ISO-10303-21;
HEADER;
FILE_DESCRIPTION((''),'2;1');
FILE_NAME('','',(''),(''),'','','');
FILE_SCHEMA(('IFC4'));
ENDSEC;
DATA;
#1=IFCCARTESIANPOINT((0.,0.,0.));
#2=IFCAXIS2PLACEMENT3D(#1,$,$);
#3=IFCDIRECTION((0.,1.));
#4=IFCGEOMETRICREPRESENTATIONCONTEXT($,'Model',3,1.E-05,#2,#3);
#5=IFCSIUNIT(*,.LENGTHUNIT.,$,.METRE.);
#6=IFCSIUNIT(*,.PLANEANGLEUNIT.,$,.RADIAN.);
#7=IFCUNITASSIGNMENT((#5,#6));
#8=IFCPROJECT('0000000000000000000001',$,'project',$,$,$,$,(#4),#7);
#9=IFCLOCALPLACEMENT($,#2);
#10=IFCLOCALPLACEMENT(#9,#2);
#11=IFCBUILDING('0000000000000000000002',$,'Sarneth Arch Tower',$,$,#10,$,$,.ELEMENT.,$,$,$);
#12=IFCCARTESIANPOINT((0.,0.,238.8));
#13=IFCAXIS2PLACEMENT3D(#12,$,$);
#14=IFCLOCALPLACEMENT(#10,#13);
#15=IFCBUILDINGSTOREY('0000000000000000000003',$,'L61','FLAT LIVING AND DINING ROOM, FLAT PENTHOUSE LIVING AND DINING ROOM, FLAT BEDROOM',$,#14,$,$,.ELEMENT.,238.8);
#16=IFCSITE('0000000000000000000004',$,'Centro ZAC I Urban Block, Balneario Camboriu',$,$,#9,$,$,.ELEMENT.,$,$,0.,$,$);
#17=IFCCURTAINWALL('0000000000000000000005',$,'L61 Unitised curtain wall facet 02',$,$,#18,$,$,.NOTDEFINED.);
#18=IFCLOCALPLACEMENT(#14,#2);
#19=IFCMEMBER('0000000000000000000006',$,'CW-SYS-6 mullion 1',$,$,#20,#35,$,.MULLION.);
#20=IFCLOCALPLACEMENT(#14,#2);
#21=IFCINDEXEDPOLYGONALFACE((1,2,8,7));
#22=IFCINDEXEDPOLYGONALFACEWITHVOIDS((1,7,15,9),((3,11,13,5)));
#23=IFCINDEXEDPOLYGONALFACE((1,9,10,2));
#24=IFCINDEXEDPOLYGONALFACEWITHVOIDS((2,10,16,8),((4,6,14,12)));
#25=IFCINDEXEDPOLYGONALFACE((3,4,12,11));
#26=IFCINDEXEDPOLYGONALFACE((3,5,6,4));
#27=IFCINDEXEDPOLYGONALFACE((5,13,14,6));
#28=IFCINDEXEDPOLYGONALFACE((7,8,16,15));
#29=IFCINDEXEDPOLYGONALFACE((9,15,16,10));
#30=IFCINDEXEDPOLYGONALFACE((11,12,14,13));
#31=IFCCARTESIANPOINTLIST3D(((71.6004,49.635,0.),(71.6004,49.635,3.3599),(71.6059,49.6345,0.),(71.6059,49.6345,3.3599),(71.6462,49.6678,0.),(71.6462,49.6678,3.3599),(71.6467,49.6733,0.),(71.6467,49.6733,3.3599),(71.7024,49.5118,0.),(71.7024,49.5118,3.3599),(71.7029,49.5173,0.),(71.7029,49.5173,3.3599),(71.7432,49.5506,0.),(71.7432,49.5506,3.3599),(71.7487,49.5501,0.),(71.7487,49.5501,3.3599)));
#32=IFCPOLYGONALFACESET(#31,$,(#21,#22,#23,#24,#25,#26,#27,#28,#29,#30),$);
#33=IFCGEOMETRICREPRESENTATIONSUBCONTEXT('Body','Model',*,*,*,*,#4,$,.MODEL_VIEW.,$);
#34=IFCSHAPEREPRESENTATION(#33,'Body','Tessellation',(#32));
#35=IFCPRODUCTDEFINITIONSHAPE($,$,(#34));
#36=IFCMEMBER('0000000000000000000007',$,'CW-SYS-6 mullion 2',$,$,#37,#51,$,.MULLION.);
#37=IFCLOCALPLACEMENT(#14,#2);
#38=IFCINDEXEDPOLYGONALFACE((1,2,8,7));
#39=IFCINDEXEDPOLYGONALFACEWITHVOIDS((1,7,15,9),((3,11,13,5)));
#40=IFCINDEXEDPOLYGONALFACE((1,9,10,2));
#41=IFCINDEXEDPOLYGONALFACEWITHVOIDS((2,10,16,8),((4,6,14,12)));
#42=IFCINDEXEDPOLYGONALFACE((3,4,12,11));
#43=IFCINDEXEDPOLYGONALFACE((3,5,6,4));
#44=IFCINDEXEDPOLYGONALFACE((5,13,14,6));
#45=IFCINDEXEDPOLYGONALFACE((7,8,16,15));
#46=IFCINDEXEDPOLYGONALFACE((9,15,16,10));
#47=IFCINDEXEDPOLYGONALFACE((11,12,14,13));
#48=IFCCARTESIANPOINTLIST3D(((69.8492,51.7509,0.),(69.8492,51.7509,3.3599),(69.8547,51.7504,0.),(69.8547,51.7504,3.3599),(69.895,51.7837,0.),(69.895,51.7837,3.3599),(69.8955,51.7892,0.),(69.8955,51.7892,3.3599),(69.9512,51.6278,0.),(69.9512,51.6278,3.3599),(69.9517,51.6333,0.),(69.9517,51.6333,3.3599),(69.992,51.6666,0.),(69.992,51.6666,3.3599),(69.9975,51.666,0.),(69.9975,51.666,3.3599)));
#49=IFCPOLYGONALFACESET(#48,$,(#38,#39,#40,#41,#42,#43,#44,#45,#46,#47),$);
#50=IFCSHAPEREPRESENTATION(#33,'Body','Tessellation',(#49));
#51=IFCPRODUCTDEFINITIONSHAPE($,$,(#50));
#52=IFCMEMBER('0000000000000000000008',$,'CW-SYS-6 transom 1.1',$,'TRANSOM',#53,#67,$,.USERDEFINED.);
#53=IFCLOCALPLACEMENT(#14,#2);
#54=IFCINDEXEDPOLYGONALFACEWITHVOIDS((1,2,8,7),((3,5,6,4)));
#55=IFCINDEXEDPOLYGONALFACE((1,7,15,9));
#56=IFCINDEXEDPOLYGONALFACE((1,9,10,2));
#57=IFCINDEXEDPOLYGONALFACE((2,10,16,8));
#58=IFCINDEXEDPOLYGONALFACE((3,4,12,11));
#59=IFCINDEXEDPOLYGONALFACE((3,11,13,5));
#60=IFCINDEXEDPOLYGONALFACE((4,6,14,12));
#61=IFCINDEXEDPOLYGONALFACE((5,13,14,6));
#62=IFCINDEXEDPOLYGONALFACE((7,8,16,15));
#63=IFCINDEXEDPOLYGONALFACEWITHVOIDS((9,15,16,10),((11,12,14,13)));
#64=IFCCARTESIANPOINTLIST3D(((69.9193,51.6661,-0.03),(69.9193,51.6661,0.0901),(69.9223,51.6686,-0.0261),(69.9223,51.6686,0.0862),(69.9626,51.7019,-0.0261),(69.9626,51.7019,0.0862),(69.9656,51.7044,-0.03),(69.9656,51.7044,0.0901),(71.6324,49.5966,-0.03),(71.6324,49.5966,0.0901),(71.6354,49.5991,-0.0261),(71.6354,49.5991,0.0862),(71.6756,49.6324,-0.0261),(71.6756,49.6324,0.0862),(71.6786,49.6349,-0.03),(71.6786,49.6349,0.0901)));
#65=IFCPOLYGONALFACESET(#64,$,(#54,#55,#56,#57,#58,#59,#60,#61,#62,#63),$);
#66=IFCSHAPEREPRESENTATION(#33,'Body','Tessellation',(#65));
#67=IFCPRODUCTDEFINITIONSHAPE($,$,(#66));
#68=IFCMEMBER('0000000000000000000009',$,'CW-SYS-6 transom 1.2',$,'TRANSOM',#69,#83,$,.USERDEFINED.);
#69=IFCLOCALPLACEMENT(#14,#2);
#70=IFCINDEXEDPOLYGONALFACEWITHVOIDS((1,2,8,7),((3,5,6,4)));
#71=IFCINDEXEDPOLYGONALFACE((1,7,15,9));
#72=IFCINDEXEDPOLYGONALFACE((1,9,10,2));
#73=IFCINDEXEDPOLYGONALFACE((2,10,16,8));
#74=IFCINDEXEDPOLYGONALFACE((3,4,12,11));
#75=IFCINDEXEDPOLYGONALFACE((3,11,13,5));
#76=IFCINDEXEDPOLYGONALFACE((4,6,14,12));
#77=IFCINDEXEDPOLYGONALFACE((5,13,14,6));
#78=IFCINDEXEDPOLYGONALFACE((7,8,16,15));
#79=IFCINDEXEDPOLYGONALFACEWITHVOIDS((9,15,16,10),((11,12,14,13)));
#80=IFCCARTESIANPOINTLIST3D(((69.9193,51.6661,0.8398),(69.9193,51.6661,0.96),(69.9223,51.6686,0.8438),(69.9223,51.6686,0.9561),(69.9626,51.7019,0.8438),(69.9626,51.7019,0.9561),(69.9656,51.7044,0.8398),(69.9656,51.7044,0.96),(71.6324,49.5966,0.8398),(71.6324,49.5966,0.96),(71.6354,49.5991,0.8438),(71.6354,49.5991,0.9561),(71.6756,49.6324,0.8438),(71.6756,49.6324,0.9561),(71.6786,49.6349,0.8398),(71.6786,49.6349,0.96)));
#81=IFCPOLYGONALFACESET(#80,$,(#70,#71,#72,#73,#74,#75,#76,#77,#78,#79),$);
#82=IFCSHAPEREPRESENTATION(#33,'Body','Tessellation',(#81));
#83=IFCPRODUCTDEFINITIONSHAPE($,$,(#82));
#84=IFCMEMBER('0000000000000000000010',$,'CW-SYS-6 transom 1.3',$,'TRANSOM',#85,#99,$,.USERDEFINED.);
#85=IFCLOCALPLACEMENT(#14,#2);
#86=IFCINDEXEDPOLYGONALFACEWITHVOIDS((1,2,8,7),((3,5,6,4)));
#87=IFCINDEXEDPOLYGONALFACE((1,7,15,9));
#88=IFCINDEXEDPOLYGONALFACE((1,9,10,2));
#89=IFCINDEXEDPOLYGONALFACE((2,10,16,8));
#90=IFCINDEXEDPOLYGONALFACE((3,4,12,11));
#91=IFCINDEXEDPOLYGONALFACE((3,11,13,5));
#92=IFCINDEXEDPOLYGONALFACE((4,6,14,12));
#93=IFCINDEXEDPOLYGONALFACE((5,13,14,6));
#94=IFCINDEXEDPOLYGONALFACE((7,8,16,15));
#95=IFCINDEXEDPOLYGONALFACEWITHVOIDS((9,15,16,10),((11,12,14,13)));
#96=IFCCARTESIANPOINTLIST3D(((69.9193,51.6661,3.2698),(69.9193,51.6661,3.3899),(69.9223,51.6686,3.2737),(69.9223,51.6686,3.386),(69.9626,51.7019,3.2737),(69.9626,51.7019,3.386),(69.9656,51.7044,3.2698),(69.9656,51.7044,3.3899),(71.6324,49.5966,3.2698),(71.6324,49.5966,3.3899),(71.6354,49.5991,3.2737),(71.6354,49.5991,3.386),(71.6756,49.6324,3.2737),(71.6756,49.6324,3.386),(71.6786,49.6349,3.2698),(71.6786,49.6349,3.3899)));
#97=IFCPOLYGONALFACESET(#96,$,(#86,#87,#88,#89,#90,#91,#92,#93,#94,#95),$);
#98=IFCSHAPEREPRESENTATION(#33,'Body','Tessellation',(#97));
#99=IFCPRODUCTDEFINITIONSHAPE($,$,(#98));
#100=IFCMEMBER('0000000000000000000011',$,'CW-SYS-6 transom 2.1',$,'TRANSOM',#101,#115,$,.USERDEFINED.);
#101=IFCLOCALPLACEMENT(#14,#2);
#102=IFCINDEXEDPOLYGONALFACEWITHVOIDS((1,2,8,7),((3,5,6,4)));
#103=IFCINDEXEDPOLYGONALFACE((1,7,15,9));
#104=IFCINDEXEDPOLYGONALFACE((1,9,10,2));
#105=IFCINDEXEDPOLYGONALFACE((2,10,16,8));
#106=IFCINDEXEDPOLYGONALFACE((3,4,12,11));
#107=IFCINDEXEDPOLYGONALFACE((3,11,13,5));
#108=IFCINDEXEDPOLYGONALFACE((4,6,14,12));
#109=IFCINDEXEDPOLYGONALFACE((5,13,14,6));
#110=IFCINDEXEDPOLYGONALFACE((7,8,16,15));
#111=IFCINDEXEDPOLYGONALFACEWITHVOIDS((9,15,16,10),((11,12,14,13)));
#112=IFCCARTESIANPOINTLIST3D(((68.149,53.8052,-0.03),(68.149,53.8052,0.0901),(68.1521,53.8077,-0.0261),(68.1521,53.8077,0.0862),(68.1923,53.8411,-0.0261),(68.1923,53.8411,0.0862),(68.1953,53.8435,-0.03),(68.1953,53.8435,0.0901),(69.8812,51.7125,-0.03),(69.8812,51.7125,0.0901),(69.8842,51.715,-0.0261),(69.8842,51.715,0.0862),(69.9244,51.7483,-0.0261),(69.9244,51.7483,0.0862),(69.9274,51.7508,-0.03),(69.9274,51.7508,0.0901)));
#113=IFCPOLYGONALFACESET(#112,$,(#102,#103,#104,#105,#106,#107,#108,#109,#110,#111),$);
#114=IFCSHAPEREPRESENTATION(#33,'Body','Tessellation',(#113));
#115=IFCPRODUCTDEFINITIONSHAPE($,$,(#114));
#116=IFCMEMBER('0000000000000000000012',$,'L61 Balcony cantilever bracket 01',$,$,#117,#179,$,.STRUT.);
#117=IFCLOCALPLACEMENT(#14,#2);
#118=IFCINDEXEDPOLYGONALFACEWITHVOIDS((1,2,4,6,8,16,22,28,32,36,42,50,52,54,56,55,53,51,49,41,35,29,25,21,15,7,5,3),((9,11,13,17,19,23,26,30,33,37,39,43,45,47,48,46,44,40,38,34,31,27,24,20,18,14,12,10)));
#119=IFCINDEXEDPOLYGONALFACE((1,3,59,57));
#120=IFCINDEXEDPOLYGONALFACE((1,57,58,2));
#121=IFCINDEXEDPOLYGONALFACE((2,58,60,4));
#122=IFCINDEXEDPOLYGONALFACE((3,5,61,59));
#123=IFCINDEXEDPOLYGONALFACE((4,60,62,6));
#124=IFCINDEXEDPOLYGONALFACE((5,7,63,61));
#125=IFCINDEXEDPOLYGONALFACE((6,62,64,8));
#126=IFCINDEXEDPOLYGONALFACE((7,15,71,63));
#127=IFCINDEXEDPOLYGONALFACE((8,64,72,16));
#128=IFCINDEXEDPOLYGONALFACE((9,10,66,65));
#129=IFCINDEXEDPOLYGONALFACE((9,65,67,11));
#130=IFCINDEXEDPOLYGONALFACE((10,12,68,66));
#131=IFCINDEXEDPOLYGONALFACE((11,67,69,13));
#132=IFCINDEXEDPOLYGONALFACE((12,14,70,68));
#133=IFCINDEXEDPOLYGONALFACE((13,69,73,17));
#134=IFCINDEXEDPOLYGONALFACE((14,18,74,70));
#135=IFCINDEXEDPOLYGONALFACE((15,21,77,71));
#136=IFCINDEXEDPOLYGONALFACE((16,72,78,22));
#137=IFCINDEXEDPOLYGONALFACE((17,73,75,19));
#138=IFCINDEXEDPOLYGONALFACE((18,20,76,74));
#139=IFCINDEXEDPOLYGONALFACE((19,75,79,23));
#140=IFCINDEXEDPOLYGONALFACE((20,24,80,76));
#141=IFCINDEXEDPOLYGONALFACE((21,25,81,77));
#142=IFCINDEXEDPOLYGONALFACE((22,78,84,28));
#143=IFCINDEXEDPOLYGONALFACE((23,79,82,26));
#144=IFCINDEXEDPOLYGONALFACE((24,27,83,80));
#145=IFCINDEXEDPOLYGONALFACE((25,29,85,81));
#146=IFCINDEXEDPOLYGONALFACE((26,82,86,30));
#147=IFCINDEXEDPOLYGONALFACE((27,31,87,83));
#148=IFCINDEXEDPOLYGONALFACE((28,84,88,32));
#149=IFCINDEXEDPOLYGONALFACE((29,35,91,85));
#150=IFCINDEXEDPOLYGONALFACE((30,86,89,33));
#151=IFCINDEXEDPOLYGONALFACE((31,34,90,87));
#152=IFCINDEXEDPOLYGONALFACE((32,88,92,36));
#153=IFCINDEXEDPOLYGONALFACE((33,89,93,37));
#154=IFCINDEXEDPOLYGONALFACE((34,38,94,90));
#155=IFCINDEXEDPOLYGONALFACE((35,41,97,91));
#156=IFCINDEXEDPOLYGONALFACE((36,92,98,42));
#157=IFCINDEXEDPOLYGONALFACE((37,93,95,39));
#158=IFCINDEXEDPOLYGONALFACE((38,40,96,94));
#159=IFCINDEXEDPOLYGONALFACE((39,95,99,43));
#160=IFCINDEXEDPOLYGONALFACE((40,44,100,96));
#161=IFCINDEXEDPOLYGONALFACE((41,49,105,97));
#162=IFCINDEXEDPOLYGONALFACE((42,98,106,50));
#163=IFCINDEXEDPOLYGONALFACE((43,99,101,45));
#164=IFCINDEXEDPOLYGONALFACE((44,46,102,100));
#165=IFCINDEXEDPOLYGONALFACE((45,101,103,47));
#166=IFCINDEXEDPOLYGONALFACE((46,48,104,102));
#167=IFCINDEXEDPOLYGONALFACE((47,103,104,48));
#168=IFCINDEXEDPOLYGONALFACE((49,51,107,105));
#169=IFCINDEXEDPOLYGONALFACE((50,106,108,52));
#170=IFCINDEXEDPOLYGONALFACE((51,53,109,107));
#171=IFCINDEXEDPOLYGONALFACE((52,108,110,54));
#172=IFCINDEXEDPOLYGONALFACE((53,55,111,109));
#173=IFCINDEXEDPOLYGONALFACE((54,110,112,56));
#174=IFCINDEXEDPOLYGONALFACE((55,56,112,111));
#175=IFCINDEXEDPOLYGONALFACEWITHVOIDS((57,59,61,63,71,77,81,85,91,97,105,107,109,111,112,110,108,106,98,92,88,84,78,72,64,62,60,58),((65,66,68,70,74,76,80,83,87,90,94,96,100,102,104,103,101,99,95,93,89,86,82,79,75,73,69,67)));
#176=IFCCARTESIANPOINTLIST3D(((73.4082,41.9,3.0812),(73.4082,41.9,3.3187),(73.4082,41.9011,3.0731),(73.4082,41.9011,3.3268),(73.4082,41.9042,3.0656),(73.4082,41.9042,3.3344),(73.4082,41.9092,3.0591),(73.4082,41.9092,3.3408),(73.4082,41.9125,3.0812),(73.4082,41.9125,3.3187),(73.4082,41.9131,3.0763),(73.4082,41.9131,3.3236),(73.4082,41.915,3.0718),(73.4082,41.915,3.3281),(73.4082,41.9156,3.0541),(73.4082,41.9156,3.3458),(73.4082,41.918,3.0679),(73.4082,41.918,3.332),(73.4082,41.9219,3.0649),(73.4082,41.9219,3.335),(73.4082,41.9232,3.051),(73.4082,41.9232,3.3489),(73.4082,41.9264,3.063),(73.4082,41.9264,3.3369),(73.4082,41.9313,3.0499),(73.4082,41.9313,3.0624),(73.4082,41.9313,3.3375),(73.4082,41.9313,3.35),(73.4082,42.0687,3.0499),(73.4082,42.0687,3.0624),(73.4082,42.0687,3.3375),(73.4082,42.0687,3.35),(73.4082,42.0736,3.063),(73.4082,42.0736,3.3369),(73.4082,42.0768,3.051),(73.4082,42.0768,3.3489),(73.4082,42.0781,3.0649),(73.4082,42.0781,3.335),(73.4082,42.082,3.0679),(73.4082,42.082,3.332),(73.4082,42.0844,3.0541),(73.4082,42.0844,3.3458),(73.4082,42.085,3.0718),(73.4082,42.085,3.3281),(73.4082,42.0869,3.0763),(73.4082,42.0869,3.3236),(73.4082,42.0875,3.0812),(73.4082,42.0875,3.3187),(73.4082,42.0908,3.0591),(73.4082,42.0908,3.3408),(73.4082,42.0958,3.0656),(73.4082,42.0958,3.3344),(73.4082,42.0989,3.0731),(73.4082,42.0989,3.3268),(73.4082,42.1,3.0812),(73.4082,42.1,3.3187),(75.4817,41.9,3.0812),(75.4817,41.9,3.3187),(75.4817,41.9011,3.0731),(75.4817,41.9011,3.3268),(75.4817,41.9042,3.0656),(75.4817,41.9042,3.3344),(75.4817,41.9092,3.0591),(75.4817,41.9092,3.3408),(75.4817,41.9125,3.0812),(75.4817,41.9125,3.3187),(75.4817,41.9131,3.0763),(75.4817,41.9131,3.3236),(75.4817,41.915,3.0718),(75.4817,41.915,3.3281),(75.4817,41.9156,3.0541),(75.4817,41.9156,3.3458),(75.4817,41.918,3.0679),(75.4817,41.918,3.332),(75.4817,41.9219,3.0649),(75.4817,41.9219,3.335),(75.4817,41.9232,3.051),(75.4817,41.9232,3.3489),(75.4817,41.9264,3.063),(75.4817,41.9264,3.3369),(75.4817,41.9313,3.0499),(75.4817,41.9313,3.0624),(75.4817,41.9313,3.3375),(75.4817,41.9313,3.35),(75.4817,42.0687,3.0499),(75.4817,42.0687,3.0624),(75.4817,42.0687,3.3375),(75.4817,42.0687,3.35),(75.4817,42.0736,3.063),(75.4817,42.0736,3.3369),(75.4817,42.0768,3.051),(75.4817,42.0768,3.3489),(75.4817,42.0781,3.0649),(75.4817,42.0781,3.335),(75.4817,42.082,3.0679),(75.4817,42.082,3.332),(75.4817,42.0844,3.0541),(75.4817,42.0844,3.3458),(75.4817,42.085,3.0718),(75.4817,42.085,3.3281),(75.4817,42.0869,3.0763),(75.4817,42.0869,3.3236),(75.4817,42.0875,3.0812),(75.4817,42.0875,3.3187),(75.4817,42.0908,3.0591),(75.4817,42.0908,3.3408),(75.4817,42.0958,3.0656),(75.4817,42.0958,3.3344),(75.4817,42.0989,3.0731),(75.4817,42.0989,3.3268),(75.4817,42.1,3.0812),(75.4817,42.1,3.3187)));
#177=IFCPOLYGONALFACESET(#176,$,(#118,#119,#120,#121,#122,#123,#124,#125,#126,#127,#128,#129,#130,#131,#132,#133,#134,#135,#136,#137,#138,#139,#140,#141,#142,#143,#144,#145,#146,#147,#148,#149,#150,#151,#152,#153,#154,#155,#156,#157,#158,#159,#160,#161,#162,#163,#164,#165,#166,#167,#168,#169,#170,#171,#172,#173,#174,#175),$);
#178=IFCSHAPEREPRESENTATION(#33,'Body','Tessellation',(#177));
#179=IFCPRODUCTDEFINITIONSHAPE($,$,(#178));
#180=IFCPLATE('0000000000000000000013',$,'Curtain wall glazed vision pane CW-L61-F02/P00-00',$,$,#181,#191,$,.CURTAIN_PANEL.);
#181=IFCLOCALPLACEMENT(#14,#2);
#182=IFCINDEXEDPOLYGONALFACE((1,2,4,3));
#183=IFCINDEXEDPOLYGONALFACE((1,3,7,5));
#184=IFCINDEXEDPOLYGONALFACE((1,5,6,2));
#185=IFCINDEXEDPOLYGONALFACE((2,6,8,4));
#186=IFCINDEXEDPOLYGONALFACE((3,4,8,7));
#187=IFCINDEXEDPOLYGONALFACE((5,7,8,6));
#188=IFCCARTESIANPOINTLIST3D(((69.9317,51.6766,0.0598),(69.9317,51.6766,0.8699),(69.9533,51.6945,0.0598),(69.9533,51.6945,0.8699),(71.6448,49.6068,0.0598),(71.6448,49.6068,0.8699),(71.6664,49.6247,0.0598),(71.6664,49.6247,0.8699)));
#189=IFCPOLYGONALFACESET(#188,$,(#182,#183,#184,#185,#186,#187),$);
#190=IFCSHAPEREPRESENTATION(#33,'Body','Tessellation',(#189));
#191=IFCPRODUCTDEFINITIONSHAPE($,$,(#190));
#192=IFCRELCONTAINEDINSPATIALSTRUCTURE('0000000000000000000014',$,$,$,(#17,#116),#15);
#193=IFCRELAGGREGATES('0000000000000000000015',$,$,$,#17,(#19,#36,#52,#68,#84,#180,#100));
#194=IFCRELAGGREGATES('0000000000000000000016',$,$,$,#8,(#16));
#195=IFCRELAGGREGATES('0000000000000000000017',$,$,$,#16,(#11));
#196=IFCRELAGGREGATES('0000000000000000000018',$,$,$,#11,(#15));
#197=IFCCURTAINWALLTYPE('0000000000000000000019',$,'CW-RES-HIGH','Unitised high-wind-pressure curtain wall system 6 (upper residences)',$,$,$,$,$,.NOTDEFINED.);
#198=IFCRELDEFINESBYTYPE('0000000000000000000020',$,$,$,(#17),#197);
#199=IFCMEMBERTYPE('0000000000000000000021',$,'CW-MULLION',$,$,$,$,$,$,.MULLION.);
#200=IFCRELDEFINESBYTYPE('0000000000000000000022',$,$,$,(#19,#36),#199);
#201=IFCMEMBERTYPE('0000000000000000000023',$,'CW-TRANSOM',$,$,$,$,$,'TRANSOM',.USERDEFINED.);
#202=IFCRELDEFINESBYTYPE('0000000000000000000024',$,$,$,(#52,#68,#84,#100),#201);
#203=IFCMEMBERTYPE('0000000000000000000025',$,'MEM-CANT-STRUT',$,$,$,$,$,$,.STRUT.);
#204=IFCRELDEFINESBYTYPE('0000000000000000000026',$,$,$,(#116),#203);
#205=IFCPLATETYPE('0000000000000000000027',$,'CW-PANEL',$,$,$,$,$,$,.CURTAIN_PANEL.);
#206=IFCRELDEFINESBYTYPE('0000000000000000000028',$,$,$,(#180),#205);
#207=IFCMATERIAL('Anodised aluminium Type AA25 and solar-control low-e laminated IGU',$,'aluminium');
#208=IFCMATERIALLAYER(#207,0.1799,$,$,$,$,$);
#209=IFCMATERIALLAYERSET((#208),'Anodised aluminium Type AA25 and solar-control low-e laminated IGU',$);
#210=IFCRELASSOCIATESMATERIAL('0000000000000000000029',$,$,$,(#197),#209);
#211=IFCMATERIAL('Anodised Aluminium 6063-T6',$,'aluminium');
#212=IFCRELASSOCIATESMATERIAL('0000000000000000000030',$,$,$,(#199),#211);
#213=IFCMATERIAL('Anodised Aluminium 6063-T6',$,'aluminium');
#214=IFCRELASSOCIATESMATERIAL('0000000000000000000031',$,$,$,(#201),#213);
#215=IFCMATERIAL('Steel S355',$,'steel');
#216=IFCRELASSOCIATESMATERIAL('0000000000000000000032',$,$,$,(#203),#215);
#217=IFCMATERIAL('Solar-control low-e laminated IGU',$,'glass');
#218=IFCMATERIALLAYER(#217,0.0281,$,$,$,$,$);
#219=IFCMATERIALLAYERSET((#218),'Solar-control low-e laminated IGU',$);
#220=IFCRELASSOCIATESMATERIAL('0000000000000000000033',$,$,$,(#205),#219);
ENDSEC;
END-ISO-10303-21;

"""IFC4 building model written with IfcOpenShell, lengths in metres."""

from ifc_helpers import new_model, si_unit, direction, frame, origin, origin_2d, place, context, subcontext, project, spatial, rectangle, hollow_rectangle, extrude, material, layer, layer_set, material_profile, profile_set, type_object, element, aggregate, save


model = new_model("IFC4")

# Units and contexts
model_context = context("Model", 3, precision=1e-05, world=origin(), true_north=direction((0.0, 1.0)))
body_context = subcontext(model_context, "Body", "Model", "MODEL_VIEW")
ifc_project = project(units=[si_unit("LENGTHUNIT", "METRE"), si_unit("PLANEANGLEUNIT", "RADIAN")], contexts=[model_context])

# Site, building, storey
site_placement = place(None, origin())
site = spatial("IfcSite", under=ifc_project, at=site_placement, Name="Centro ZAC I Urban Block, Balneario Camboriu", CompositionType="ELEMENT", RefElevation=0.0)
building_placement = place(site_placement, origin())
building = spatial("IfcBuilding", under=site, at=building_placement, Name="Sarneth Arch Tower", CompositionType="ELEMENT")
storey_placement = place(building_placement, frame((0.0, 0.0, 238.8)))
storey = spatial("IfcBuildingStorey", under=building, at=storey_placement, Name="L61", Description="FLAT LIVING AND DINING ROOM, FLAT PENTHOUSE LIVING AND DINING ROOM, FLAT BEDROOM", CompositionType="ELEMENT", Elevation=238.8)

# Curtain wall, members
ifc_material_1 = material(Name="Anodised aluminium Type AA25 and solar-control low-e laminated IGU", Category="aluminium")
ifc_layer_1 = layer(ifc_material_1, 0.1799)
ifc_layer_set_1 = layer_set([ifc_layer_1], Name="Anodised aluminium Type AA25 and solar-control low-e laminated IGU")
curtain_wall_type = type_object("IfcCurtainWallType", Name="CW-RES-HIGH", Description="Unitised high-wind-pressure curtain wall system 6 (upper residences)", PredefinedType="NOTDEFINED", material=ifc_layer_set_1)
curtain_wall_placement = place(storey_placement, origin())
curtain_wall = element("IfcCurtainWall", 1, at=curtain_wall_placement, inside=storey, type_object=curtain_wall_type, Name="L61 Unitised curtain wall facet 02", PredefinedType="NOTDEFINED")
ifc_material_2 = material(Name="Anodised Aluminium 6063-T6", Category="aluminium")
ifc_material_profile_1 = material_profile(ifc_material_2, hollow_rectangle(XDim=0.0601, YDim=0.1599, WallThickness=0.0039, at=origin_2d()), Name="AL-MULL-160x60x4")
ifc_profile_set_1 = profile_set([ifc_material_profile_1], Name="Anodised Aluminium 6063-T6")
member_type_1 = type_object("IfcMemberType", Name="CW-MULLION", PredefinedType="MULLION", material=ifc_profile_set_1)
member_1_placement = place(storey_placement, frame((71.6746, 49.5925, 0.0), z_axis=(0.0, 0.0, 1.0), x_axis=(-0.770359, -0.63761, 0.0)))
member_1 = element("IfcMember", 2, at=member_1_placement, type_object=member_type_1, Name="CW-SYS-6 mullion 1", PredefinedType="MULLION", context=body_context, shape_type="SweptSolid", body=[
    extrude(hollow_rectangle(XDim=0.0601, YDim=0.1599, WallThickness=0.0039, at=origin_2d()), origin(), (0.0, 0.0, 1.0), 3.3599),
])
member_2_placement = place(storey_placement, frame((69.9233, 51.7085, 0.0), z_axis=(0.0, 0.0, 1.0), x_axis=(-0.770359, -0.63761, 0.0)))
member_2 = element("IfcMember", 3, at=member_2_placement, type_object=member_type_1, Name="CW-SYS-6 mullion 2", PredefinedType="MULLION", context=body_context, shape_type="SweptSolid", body=[
    extrude(hollow_rectangle(XDim=0.0601, YDim=0.1599, WallThickness=0.0039, at=origin_2d()), origin(), (0.0, 0.0, 1.0), 3.3599),
])
ifc_material_3 = material(Name="Anodised Aluminium 6063-T6", Category="aluminium")
ifc_material_profile_2 = material_profile(ifc_material_3, hollow_rectangle(XDim=0.0601, YDim=0.1201, WallThickness=0.0039, at=origin_2d()), Name="AL-TRAN-120x60x4")
ifc_profile_set_2 = profile_set([ifc_material_profile_2], Name="Anodised Aluminium 6063-T6")
member_type_2 = type_object("IfcMemberType", Name="CW-TRANSOM", ElementType="TRANSOM", PredefinedType="USERDEFINED", material=ifc_profile_set_2)
member_3_placement = place(storey_placement, frame((71.6555, 49.6157, 0.03), z_axis=(-0.637651, 0.770325, 0.0), x_axis=(-0.770325, -0.637651, 0.0)))
member_3 = element("IfcMember", 4, at=member_3_placement, type_object=member_type_2, Name="CW-SYS-6 transom 1.1", ObjectType="TRANSOM", PredefinedType="USERDEFINED", context=body_context, shape_type="SweptSolid", body=[
    extrude(hollow_rectangle(XDim=0.0601, YDim=0.1201, WallThickness=0.0039, at=origin_2d()), origin(), (0.0, 0.0, 1.0), 2.6865),
])
member_4_placement = place(storey_placement, frame((71.6555, 49.6157, 0.8999), z_axis=(-0.637651, 0.770325, 0.0), x_axis=(-0.770325, -0.637651, 0.0)))
member_4 = element("IfcMember", 5, at=member_4_placement, type_object=member_type_2, Name="CW-SYS-6 transom 1.2", ObjectType="TRANSOM", PredefinedType="USERDEFINED", context=body_context, shape_type="SweptSolid", body=[
    extrude(hollow_rectangle(XDim=0.0601, YDim=0.1201, WallThickness=0.0039, at=origin_2d()), origin(), (0.0, 0.0, 1.0), 2.6865),
])
member_5_placement = place(storey_placement, frame((71.6555, 49.6157, 3.3298), z_axis=(-0.637651, 0.770325, 0.0), x_axis=(-0.770325, -0.637651, 0.0)))
member_5 = element("IfcMember", 6, at=member_5_placement, type_object=member_type_2, Name="CW-SYS-6 transom 1.3", ObjectType="TRANSOM", PredefinedType="USERDEFINED", context=body_context, shape_type="SweptSolid", body=[
    extrude(hollow_rectangle(XDim=0.0601, YDim=0.1201, WallThickness=0.0039, at=origin_2d()), origin(), (0.0, 0.0, 1.0), 2.6865),
])
member_6_placement = place(storey_placement, frame((69.9043, 51.7317, 0.03), z_axis=(-0.637617, 0.770353, 0.0), x_axis=(-0.770353, -0.637617, 0.0)))
member_6 = element("IfcMember", 7, at=member_6_placement, type_object=member_type_2, Name="CW-SYS-6 transom 2.1", ObjectType="TRANSOM", PredefinedType="USERDEFINED", context=body_context, shape_type="SweptSolid", body=[
    extrude(hollow_rectangle(XDim=0.0601, YDim=0.1201, WallThickness=0.0039, at=origin_2d()), origin(), (0.0, 0.0, 1.0), 2.7166),
])

# Member
ifc_material_4 = material(Name="Steel S355", Category="steel")
ifc_material_profile_3 = material_profile(ifc_material_4, hollow_rectangle(XDim=0.2, YDim=0.3, WallThickness=0.0125, InnerFilletRadius=0.0188, OuterFilletRadius=0.0312, at=origin_2d()), Name="RHS300x200x12.5")
ifc_profile_set_3 = profile_set([ifc_material_profile_3], Name="Steel S355")
member_type_3 = type_object("IfcMemberType", Name="MEM-CANT-STRUT", PredefinedType="STRUT", material=ifc_profile_set_3)
member_7_placement = place(storey_placement, frame((73.4082, 42.0, 3.2), z_axis=(1.0, 0.0, 0.0), x_axis=(0.0, 1.0, 0.0)))
element("IfcMember", 8, at=member_7_placement, inside=storey, type_object=member_type_3, Name="L61 Balcony cantilever bracket 01", PredefinedType="STRUT", context=body_context, shape_type="SweptSolid", body=[
    extrude(hollow_rectangle(XDim=0.2, YDim=0.3, WallThickness=0.0125, InnerFilletRadius=0.0188, OuterFilletRadius=0.0312, at=origin_2d()), origin(), (0.0, 0.0, 1.0), 2.0735),
])

# Plate
ifc_material_5 = material(Name="Solar-control low-e laminated IGU", Category="glass")
ifc_layer_2 = layer(ifc_material_5, 0.0281)
ifc_layer_set_2 = layer_set([ifc_layer_2], Name="Solar-control low-e laminated IGU")
plate_type_1 = type_object("IfcPlateType", Name="CW-PANEL", PredefinedType="CURTAIN_PANEL", material=ifc_layer_set_2)
plate_1_placement = place(storey_placement, frame((70.7991, 50.6506, 0.0598), z_axis=(0.0, 0.0, 1.0), x_axis=(-0.63761, 0.770359, 0.0)))
plate_1 = element("IfcPlate", 9, at=plate_1_placement, type_object=plate_type_1, Name="Curtain wall glazed vision pane CW-L61-F02/P00-00", PredefinedType="CURTAIN_PANEL", context=body_context, shape_type="SweptSolid", body=[
    extrude(rectangle(XDim=2.6868, YDim=0.0281, at=origin_2d()), origin(), (0.0, 0.0, 1.0), 0.8101),
])
aggregate(curtain_wall, [member_1, member_2, member_3, member_4, member_5, plate_1, member_6])

save(model, "model.ifc")
